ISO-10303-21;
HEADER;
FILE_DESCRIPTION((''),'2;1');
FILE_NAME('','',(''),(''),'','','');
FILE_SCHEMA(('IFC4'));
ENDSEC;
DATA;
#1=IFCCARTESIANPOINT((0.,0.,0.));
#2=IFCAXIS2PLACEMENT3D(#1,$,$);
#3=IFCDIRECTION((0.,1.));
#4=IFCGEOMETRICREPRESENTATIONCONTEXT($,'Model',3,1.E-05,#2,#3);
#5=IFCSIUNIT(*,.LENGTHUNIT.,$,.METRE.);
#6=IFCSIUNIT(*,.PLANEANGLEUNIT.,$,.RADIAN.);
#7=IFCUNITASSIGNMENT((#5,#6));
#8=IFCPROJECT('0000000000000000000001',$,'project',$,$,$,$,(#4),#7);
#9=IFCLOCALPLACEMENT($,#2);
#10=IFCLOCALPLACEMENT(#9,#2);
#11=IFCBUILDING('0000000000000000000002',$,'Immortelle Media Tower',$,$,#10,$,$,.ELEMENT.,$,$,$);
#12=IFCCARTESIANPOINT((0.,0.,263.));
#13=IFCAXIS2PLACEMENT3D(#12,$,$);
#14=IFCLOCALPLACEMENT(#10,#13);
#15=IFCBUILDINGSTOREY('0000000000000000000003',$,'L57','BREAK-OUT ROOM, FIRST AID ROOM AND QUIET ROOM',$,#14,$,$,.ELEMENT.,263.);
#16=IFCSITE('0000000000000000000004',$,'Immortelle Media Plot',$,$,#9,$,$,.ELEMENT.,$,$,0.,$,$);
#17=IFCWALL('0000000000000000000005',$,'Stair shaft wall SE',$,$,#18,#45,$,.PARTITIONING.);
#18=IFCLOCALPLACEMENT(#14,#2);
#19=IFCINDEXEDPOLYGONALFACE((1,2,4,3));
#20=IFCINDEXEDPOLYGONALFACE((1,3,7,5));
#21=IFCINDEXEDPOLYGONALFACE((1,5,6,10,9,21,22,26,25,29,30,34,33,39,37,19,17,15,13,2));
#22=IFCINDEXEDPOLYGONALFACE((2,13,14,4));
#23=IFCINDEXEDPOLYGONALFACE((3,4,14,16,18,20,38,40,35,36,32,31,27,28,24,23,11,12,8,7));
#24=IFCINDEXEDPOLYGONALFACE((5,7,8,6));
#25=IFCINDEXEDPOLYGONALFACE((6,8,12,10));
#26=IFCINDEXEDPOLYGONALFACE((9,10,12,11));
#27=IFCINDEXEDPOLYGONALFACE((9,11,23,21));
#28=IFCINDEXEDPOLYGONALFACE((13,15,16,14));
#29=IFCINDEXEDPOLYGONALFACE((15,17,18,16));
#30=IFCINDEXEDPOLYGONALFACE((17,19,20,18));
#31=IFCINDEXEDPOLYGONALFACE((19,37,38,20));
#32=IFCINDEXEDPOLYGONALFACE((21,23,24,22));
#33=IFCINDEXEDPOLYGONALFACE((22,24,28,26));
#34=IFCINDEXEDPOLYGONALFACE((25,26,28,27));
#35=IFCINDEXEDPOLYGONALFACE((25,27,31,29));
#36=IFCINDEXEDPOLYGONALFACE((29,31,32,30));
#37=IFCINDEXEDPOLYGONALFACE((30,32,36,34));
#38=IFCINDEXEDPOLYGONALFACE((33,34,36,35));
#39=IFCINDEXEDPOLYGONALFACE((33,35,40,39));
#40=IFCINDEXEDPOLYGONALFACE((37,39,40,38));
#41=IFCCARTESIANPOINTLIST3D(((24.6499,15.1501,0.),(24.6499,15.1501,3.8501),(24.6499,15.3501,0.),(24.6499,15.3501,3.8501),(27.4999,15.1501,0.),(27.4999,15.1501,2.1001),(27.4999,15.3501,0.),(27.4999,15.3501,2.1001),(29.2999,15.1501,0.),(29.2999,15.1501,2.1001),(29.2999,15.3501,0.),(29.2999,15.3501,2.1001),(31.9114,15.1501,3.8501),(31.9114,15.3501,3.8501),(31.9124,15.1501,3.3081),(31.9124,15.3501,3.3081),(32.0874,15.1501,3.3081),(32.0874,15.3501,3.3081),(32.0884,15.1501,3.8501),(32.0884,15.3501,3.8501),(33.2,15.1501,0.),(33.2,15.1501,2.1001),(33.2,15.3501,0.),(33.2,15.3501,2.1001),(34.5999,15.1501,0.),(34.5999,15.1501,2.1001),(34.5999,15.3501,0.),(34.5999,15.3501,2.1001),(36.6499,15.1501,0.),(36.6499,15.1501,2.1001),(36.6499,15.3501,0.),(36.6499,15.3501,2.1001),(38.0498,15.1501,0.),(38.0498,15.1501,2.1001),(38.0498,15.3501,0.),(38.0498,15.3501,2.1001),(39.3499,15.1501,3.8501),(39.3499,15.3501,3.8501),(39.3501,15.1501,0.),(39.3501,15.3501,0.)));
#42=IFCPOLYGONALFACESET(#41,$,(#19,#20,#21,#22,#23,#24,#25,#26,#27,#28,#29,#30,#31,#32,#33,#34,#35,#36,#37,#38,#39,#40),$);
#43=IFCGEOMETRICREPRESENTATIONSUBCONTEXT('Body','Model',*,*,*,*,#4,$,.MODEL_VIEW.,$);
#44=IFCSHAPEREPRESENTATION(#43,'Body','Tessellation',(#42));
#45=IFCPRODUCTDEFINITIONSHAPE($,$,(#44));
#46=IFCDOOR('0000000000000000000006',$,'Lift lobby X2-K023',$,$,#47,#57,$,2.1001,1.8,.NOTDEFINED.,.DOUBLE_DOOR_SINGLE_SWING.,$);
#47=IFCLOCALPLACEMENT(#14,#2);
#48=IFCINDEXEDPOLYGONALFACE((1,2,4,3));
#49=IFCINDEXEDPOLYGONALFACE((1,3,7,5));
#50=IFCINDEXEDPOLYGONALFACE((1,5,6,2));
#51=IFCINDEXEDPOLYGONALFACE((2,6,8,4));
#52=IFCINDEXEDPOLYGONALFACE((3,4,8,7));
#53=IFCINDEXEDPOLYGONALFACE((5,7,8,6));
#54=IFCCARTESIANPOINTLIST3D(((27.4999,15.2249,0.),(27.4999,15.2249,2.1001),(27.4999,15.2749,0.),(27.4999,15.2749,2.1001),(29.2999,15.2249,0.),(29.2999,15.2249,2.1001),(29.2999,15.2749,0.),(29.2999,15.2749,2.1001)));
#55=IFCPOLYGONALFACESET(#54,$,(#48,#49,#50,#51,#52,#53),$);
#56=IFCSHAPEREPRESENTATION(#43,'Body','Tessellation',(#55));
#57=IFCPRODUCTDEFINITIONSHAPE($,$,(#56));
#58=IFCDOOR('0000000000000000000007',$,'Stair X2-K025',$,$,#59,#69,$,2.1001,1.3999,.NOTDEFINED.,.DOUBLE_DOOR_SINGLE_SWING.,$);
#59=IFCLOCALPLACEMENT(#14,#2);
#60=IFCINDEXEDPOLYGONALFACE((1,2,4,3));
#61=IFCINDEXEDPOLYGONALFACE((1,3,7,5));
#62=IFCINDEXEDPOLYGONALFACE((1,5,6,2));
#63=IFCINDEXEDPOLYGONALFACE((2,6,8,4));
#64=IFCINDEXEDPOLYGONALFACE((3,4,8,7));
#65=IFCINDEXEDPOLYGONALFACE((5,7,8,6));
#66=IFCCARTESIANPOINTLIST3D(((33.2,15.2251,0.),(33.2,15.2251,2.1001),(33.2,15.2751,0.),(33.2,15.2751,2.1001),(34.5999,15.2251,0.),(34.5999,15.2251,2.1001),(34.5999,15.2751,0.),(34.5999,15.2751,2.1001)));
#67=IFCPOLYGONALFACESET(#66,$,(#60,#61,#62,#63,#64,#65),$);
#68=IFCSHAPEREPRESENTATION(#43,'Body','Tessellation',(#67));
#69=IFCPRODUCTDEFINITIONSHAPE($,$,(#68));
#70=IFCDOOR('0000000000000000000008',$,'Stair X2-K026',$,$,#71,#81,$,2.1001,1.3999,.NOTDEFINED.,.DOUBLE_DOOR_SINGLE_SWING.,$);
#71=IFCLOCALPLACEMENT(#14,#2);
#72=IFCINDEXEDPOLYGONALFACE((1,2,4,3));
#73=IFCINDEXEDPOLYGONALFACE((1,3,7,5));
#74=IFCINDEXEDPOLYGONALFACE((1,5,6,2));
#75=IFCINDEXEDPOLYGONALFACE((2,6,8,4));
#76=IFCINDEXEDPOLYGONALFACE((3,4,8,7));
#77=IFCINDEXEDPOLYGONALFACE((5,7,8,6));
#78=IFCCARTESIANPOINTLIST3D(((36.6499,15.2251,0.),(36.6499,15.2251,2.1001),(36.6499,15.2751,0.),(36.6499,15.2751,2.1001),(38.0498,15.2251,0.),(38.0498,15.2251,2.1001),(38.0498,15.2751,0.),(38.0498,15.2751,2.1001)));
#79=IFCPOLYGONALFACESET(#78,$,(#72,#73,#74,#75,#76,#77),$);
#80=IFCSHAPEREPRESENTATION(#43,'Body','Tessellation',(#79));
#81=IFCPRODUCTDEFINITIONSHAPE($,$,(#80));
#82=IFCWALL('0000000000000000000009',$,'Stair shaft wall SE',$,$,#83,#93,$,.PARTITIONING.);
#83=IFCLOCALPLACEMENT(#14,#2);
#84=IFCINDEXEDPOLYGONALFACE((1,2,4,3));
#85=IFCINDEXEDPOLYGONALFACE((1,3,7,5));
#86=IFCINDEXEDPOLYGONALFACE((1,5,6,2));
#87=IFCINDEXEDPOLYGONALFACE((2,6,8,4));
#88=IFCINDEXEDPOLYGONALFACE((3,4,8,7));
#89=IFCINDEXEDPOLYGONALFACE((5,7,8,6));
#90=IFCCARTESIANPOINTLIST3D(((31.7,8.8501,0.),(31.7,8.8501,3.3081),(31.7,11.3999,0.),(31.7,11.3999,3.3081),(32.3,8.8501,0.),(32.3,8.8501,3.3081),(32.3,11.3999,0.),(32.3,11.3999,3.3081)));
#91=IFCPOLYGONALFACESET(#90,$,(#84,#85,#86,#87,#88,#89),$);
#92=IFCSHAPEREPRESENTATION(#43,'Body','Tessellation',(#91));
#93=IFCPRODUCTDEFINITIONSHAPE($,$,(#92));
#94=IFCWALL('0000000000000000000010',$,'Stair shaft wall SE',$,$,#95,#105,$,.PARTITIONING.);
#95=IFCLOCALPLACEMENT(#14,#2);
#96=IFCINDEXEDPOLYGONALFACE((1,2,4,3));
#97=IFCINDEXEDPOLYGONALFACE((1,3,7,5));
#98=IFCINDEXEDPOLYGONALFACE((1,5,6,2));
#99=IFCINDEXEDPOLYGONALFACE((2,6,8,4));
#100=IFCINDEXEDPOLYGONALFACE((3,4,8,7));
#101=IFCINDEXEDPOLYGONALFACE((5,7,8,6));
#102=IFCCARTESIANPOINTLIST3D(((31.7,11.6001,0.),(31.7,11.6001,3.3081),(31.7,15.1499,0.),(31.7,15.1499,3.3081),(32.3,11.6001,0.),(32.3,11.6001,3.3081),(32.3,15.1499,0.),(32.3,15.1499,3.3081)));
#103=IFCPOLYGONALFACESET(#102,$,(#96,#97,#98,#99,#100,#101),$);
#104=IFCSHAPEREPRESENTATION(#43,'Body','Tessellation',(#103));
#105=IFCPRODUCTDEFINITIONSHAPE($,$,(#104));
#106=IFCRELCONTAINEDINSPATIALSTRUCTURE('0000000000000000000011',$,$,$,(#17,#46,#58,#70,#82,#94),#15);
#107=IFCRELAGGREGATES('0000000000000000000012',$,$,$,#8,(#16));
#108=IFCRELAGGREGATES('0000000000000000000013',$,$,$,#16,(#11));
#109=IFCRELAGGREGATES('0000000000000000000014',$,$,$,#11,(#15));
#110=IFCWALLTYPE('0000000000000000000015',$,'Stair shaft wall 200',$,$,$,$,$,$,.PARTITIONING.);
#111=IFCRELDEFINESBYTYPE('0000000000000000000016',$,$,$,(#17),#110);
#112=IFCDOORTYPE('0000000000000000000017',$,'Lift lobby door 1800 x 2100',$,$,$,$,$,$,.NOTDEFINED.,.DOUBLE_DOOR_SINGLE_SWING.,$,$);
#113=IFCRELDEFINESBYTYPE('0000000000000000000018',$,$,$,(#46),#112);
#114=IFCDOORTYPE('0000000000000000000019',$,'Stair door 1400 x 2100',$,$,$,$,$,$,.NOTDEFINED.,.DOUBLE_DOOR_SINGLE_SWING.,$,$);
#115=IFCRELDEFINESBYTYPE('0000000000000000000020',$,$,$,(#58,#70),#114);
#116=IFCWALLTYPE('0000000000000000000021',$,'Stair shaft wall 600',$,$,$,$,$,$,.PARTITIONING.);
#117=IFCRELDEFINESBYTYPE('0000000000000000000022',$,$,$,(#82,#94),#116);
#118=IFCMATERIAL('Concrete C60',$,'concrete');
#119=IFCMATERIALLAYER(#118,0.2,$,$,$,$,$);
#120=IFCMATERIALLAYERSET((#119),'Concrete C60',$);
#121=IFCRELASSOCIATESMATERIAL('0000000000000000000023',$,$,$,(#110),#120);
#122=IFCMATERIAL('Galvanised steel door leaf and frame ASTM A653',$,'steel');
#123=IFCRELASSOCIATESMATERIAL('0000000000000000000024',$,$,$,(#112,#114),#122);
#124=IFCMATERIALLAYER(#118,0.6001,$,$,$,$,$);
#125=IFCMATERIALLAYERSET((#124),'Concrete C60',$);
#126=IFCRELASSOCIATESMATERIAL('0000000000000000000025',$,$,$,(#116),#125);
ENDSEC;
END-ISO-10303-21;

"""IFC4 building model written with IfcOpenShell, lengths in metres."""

from ifc_helpers import new_model, si_unit, direction, frame, frame_2d, origin, place, context, subcontext, project, spatial, polyline, rectangle, outline, extrude, material, layer, layer_set, type_object, element, fill, save


model = new_model("IFC4")

# Units and contexts
model_context = context("Model", 3, precision=1e-05, world=origin(), true_north=direction((0.0, 1.0)))
body_context = subcontext(model_context, "Body", "Model", "MODEL_VIEW")
ifc_project = project(units=[si_unit("LENGTHUNIT", "METRE"), si_unit("PLANEANGLEUNIT", "RADIAN")], contexts=[model_context])

# Site, building, storey
site_placement = place(None, origin())
site = spatial("IfcSite", under=ifc_project, at=site_placement, Name="Immortelle Media Plot", CompositionType="ELEMENT", RefElevation=0.0)
building_placement = place(site_placement, origin())
building = spatial("IfcBuilding", under=site, at=building_placement, Name="Immortelle Media Tower", CompositionType="ELEMENT")
storey_placement = place(building_placement, frame((0.0, 0.0, 263.0)))
storey = spatial("IfcBuildingStorey", under=building, at=storey_placement, Name="L57", Description="BREAK-OUT ROOM, FIRST AID ROOM AND QUIET ROOM", CompositionType="ELEMENT", Elevation=263.0)

# Shared definitions
ifc_material_1 = material(Name="Galvanised steel door leaf and frame ASTM A653", Category="steel")

# Wall, openings, doors
ifc_material_2 = material(Name="Concrete C60", Category="concrete")
ifc_layer_1 = layer(ifc_material_2, 0.2)
ifc_layer_set_1 = layer_set([ifc_layer_1], Name="Concrete C60")
wall_type_1 = type_object("IfcWallType", Name="Stair shaft wall 200", PredefinedType="PARTITIONING", material=ifc_layer_set_1)
wall_1_placement = place(storey_placement, frame((24.6499, 15.25, 0.0), z_axis=(0.0, 0.0, 1.0), x_axis=(1.0, 0.0, 0.0)))
wall_1 = element("IfcWall", 1, at=wall_1_placement, inside=storey, type_object=wall_type_1, Name="Stair shaft wall SE", PredefinedType="PARTITIONING", context=body_context, shape_type="SweptSolid", body=[
    extrude(outline(polyline([(0.0, 0.0), (14.7002, 0.0), (14.7, 3.8501), (7.4385, 3.8501), (7.4375, 3.3081), (7.2625, 3.3081), (7.2615, 3.8501), (0.0, 3.8501), (0.0, 0.0)])), frame((0.0, 0.1001, 0.0), z_axis=(0.0, -1.0, 0.0), x_axis=(1.0, 0.0, 0.0)), (0.0, 0.0, 1.0), 0.2),
])
opening_1_placement = place(wall_1_placement, frame((2.8501, 0.0, 0.0)))
opening_1 = element("IfcOpeningElement", 2, at=opening_1_placement, cuts=wall_1, PredefinedType="OPENING", context=body_context, shape_type="SweptSolid", body=[
    extrude(rectangle(XDim=1.8, YDim=2.1001, at=frame_2d((0.8999, 1.05))), frame((0.0, 0.1099, 0.0), z_axis=(0.0, -1.0, 0.0), x_axis=(1.0, 0.0, 0.0)), (0.0, 0.0, 1.0), 0.22),
])
opening_2_placement = place(wall_1_placement, frame((9.95, 0.0, 0.0), z_axis=(0.0, 0.0, 1.0), x_axis=(-1.0, 0.0, 0.0)))
opening_2 = element("IfcOpeningElement", 3, at=opening_2_placement, cuts=wall_1, PredefinedType="OPENING", context=body_context, shape_type="SweptSolid", body=[
    extrude(rectangle(XDim=1.3999, YDim=2.1001, at=frame_2d((0.7, 1.05))), frame((0.0, 0.1099, 0.0), z_axis=(0.0, -1.0, 0.0), x_axis=(1.0, 0.0, 0.0)), (0.0, 0.0, 1.0), 0.22),
])
opening_3_placement = place(wall_1_placement, frame((13.3999, 0.0, 0.0), z_axis=(0.0, 0.0, 1.0), x_axis=(-1.0, 0.0, 0.0)))
opening_3 = element("IfcOpeningElement", 4, at=opening_3_placement, cuts=wall_1, PredefinedType="OPENING", context=body_context, shape_type="SweptSolid", body=[
    extrude(rectangle(XDim=1.3999, YDim=2.1001, at=frame_2d((0.7, 1.05))), frame((0.0, 0.1099, 0.0), z_axis=(0.0, -1.0, 0.0), x_axis=(1.0, 0.0, 0.0)), (0.0, 0.0, 1.0), 0.22),
])
door_type_1 = type_object("IfcDoorType", Name="Lift lobby door 1800 x 2100", OperationType="DOUBLE_DOOR_SINGLE_SWING", PredefinedType="NOTDEFINED", material=ifc_material_1)
door_1_placement = place(opening_1_placement, origin())
door_1 = element("IfcDoor", 5, at=door_1_placement, inside=storey, type_object=door_type_1, Name="Lift lobby X2-K023", OperationType="DOUBLE_DOOR_SINGLE_SWING", OverallHeight=2.1001, OverallWidth=1.8, PredefinedType="NOTDEFINED", context=body_context, shape_type="SweptSolid", body=[
    extrude(rectangle(XDim=1.8, YDim=2.1001, at=frame_2d((0.8999, 1.05))), frame((0.0, 0.0249, 0.0), z_axis=(0.0, -1.0, 0.0), x_axis=(1.0, 0.0, 0.0)), (0.0, 0.0, 1.0), 0.05),
])
fill(opening_1, door_1)
door_type_2 = type_object("IfcDoorType", Name="Stair door 1400 x 2100", OperationType="DOUBLE_DOOR_SINGLE_SWING", PredefinedType="NOTDEFINED", material=ifc_material_1)
door_2_placement = place(opening_2_placement, origin())
door_2 = element("IfcDoor", 6, at=door_2_placement, inside=storey, type_object=door_type_2, Name="Stair X2-K025", OperationType="DOUBLE_DOOR_SINGLE_SWING", OverallHeight=2.1001, OverallWidth=1.3999, PredefinedType="NOTDEFINED", context=body_context, shape_type="SweptSolid", body=[
    extrude(rectangle(XDim=1.3999, YDim=2.1001, at=frame_2d((0.7, 1.05))), frame((0.0, 0.0249, 0.0), z_axis=(0.0, -1.0, 0.0), x_axis=(1.0, 0.0, 0.0)), (0.0, 0.0, 1.0), 0.05),
])
fill(opening_2, door_2)
door_3_placement = place(opening_3_placement, origin())
door_3 = element("IfcDoor", 7, at=door_3_placement, inside=storey, type_object=door_type_2, Name="Stair X2-K026", OperationType="DOUBLE_DOOR_SINGLE_SWING", OverallHeight=2.1001, OverallWidth=1.3999, PredefinedType="NOTDEFINED", context=body_context, shape_type="SweptSolid", body=[
    extrude(rectangle(XDim=1.3999, YDim=2.1001, at=frame_2d((0.7, 1.05))), frame((0.0, 0.0249, 0.0), z_axis=(0.0, -1.0, 0.0), x_axis=(1.0, 0.0, 0.0)), (0.0, 0.0, 1.0), 0.05),
])
fill(opening_3, door_3)

# Walls
ifc_layer_2 = layer(ifc_material_2, 0.6001)
ifc_layer_set_2 = layer_set([ifc_layer_2], Name="Concrete C60")
wall_type_2 = type_object("IfcWallType", Name="Stair shaft wall 600", PredefinedType="PARTITIONING", material=ifc_layer_set_2)
wall_2_placement = place(storey_placement, frame((32.0, 8.8501, 0.0), z_axis=(0.0, 0.0, 1.0), x_axis=(0.0, 1.0, 0.0)))
element("IfcWall", 8, at=wall_2_placement, inside=storey, type_object=wall_type_2, Name="Stair shaft wall SE", PredefinedType="PARTITIONING", context=body_context, shape_type="SweptSolid", body=[
    extrude(rectangle(XDim=2.5498, YDim=0.6001, at=frame_2d((1.2749, 0.0))), origin(), (0.0, 0.0, 1.0), 3.3081),
])
wall_3_placement = place(storey_placement, frame((32.0, 11.6001, 0.0), z_axis=(0.0, 0.0, 1.0), x_axis=(0.0, 1.0, 0.0)))
element("IfcWall", 9, at=wall_3_placement, inside=storey, type_object=wall_type_2, Name="Stair shaft wall SE", PredefinedType="PARTITIONING", context=body_context, shape_type="SweptSolid", body=[
    extrude(rectangle(XDim=3.5498, YDim=0.6001, at=frame_2d((1.7749, 0.0))), origin(), (0.0, 0.0, 1.0), 3.3081),
])

save(model, "model.ifc")
